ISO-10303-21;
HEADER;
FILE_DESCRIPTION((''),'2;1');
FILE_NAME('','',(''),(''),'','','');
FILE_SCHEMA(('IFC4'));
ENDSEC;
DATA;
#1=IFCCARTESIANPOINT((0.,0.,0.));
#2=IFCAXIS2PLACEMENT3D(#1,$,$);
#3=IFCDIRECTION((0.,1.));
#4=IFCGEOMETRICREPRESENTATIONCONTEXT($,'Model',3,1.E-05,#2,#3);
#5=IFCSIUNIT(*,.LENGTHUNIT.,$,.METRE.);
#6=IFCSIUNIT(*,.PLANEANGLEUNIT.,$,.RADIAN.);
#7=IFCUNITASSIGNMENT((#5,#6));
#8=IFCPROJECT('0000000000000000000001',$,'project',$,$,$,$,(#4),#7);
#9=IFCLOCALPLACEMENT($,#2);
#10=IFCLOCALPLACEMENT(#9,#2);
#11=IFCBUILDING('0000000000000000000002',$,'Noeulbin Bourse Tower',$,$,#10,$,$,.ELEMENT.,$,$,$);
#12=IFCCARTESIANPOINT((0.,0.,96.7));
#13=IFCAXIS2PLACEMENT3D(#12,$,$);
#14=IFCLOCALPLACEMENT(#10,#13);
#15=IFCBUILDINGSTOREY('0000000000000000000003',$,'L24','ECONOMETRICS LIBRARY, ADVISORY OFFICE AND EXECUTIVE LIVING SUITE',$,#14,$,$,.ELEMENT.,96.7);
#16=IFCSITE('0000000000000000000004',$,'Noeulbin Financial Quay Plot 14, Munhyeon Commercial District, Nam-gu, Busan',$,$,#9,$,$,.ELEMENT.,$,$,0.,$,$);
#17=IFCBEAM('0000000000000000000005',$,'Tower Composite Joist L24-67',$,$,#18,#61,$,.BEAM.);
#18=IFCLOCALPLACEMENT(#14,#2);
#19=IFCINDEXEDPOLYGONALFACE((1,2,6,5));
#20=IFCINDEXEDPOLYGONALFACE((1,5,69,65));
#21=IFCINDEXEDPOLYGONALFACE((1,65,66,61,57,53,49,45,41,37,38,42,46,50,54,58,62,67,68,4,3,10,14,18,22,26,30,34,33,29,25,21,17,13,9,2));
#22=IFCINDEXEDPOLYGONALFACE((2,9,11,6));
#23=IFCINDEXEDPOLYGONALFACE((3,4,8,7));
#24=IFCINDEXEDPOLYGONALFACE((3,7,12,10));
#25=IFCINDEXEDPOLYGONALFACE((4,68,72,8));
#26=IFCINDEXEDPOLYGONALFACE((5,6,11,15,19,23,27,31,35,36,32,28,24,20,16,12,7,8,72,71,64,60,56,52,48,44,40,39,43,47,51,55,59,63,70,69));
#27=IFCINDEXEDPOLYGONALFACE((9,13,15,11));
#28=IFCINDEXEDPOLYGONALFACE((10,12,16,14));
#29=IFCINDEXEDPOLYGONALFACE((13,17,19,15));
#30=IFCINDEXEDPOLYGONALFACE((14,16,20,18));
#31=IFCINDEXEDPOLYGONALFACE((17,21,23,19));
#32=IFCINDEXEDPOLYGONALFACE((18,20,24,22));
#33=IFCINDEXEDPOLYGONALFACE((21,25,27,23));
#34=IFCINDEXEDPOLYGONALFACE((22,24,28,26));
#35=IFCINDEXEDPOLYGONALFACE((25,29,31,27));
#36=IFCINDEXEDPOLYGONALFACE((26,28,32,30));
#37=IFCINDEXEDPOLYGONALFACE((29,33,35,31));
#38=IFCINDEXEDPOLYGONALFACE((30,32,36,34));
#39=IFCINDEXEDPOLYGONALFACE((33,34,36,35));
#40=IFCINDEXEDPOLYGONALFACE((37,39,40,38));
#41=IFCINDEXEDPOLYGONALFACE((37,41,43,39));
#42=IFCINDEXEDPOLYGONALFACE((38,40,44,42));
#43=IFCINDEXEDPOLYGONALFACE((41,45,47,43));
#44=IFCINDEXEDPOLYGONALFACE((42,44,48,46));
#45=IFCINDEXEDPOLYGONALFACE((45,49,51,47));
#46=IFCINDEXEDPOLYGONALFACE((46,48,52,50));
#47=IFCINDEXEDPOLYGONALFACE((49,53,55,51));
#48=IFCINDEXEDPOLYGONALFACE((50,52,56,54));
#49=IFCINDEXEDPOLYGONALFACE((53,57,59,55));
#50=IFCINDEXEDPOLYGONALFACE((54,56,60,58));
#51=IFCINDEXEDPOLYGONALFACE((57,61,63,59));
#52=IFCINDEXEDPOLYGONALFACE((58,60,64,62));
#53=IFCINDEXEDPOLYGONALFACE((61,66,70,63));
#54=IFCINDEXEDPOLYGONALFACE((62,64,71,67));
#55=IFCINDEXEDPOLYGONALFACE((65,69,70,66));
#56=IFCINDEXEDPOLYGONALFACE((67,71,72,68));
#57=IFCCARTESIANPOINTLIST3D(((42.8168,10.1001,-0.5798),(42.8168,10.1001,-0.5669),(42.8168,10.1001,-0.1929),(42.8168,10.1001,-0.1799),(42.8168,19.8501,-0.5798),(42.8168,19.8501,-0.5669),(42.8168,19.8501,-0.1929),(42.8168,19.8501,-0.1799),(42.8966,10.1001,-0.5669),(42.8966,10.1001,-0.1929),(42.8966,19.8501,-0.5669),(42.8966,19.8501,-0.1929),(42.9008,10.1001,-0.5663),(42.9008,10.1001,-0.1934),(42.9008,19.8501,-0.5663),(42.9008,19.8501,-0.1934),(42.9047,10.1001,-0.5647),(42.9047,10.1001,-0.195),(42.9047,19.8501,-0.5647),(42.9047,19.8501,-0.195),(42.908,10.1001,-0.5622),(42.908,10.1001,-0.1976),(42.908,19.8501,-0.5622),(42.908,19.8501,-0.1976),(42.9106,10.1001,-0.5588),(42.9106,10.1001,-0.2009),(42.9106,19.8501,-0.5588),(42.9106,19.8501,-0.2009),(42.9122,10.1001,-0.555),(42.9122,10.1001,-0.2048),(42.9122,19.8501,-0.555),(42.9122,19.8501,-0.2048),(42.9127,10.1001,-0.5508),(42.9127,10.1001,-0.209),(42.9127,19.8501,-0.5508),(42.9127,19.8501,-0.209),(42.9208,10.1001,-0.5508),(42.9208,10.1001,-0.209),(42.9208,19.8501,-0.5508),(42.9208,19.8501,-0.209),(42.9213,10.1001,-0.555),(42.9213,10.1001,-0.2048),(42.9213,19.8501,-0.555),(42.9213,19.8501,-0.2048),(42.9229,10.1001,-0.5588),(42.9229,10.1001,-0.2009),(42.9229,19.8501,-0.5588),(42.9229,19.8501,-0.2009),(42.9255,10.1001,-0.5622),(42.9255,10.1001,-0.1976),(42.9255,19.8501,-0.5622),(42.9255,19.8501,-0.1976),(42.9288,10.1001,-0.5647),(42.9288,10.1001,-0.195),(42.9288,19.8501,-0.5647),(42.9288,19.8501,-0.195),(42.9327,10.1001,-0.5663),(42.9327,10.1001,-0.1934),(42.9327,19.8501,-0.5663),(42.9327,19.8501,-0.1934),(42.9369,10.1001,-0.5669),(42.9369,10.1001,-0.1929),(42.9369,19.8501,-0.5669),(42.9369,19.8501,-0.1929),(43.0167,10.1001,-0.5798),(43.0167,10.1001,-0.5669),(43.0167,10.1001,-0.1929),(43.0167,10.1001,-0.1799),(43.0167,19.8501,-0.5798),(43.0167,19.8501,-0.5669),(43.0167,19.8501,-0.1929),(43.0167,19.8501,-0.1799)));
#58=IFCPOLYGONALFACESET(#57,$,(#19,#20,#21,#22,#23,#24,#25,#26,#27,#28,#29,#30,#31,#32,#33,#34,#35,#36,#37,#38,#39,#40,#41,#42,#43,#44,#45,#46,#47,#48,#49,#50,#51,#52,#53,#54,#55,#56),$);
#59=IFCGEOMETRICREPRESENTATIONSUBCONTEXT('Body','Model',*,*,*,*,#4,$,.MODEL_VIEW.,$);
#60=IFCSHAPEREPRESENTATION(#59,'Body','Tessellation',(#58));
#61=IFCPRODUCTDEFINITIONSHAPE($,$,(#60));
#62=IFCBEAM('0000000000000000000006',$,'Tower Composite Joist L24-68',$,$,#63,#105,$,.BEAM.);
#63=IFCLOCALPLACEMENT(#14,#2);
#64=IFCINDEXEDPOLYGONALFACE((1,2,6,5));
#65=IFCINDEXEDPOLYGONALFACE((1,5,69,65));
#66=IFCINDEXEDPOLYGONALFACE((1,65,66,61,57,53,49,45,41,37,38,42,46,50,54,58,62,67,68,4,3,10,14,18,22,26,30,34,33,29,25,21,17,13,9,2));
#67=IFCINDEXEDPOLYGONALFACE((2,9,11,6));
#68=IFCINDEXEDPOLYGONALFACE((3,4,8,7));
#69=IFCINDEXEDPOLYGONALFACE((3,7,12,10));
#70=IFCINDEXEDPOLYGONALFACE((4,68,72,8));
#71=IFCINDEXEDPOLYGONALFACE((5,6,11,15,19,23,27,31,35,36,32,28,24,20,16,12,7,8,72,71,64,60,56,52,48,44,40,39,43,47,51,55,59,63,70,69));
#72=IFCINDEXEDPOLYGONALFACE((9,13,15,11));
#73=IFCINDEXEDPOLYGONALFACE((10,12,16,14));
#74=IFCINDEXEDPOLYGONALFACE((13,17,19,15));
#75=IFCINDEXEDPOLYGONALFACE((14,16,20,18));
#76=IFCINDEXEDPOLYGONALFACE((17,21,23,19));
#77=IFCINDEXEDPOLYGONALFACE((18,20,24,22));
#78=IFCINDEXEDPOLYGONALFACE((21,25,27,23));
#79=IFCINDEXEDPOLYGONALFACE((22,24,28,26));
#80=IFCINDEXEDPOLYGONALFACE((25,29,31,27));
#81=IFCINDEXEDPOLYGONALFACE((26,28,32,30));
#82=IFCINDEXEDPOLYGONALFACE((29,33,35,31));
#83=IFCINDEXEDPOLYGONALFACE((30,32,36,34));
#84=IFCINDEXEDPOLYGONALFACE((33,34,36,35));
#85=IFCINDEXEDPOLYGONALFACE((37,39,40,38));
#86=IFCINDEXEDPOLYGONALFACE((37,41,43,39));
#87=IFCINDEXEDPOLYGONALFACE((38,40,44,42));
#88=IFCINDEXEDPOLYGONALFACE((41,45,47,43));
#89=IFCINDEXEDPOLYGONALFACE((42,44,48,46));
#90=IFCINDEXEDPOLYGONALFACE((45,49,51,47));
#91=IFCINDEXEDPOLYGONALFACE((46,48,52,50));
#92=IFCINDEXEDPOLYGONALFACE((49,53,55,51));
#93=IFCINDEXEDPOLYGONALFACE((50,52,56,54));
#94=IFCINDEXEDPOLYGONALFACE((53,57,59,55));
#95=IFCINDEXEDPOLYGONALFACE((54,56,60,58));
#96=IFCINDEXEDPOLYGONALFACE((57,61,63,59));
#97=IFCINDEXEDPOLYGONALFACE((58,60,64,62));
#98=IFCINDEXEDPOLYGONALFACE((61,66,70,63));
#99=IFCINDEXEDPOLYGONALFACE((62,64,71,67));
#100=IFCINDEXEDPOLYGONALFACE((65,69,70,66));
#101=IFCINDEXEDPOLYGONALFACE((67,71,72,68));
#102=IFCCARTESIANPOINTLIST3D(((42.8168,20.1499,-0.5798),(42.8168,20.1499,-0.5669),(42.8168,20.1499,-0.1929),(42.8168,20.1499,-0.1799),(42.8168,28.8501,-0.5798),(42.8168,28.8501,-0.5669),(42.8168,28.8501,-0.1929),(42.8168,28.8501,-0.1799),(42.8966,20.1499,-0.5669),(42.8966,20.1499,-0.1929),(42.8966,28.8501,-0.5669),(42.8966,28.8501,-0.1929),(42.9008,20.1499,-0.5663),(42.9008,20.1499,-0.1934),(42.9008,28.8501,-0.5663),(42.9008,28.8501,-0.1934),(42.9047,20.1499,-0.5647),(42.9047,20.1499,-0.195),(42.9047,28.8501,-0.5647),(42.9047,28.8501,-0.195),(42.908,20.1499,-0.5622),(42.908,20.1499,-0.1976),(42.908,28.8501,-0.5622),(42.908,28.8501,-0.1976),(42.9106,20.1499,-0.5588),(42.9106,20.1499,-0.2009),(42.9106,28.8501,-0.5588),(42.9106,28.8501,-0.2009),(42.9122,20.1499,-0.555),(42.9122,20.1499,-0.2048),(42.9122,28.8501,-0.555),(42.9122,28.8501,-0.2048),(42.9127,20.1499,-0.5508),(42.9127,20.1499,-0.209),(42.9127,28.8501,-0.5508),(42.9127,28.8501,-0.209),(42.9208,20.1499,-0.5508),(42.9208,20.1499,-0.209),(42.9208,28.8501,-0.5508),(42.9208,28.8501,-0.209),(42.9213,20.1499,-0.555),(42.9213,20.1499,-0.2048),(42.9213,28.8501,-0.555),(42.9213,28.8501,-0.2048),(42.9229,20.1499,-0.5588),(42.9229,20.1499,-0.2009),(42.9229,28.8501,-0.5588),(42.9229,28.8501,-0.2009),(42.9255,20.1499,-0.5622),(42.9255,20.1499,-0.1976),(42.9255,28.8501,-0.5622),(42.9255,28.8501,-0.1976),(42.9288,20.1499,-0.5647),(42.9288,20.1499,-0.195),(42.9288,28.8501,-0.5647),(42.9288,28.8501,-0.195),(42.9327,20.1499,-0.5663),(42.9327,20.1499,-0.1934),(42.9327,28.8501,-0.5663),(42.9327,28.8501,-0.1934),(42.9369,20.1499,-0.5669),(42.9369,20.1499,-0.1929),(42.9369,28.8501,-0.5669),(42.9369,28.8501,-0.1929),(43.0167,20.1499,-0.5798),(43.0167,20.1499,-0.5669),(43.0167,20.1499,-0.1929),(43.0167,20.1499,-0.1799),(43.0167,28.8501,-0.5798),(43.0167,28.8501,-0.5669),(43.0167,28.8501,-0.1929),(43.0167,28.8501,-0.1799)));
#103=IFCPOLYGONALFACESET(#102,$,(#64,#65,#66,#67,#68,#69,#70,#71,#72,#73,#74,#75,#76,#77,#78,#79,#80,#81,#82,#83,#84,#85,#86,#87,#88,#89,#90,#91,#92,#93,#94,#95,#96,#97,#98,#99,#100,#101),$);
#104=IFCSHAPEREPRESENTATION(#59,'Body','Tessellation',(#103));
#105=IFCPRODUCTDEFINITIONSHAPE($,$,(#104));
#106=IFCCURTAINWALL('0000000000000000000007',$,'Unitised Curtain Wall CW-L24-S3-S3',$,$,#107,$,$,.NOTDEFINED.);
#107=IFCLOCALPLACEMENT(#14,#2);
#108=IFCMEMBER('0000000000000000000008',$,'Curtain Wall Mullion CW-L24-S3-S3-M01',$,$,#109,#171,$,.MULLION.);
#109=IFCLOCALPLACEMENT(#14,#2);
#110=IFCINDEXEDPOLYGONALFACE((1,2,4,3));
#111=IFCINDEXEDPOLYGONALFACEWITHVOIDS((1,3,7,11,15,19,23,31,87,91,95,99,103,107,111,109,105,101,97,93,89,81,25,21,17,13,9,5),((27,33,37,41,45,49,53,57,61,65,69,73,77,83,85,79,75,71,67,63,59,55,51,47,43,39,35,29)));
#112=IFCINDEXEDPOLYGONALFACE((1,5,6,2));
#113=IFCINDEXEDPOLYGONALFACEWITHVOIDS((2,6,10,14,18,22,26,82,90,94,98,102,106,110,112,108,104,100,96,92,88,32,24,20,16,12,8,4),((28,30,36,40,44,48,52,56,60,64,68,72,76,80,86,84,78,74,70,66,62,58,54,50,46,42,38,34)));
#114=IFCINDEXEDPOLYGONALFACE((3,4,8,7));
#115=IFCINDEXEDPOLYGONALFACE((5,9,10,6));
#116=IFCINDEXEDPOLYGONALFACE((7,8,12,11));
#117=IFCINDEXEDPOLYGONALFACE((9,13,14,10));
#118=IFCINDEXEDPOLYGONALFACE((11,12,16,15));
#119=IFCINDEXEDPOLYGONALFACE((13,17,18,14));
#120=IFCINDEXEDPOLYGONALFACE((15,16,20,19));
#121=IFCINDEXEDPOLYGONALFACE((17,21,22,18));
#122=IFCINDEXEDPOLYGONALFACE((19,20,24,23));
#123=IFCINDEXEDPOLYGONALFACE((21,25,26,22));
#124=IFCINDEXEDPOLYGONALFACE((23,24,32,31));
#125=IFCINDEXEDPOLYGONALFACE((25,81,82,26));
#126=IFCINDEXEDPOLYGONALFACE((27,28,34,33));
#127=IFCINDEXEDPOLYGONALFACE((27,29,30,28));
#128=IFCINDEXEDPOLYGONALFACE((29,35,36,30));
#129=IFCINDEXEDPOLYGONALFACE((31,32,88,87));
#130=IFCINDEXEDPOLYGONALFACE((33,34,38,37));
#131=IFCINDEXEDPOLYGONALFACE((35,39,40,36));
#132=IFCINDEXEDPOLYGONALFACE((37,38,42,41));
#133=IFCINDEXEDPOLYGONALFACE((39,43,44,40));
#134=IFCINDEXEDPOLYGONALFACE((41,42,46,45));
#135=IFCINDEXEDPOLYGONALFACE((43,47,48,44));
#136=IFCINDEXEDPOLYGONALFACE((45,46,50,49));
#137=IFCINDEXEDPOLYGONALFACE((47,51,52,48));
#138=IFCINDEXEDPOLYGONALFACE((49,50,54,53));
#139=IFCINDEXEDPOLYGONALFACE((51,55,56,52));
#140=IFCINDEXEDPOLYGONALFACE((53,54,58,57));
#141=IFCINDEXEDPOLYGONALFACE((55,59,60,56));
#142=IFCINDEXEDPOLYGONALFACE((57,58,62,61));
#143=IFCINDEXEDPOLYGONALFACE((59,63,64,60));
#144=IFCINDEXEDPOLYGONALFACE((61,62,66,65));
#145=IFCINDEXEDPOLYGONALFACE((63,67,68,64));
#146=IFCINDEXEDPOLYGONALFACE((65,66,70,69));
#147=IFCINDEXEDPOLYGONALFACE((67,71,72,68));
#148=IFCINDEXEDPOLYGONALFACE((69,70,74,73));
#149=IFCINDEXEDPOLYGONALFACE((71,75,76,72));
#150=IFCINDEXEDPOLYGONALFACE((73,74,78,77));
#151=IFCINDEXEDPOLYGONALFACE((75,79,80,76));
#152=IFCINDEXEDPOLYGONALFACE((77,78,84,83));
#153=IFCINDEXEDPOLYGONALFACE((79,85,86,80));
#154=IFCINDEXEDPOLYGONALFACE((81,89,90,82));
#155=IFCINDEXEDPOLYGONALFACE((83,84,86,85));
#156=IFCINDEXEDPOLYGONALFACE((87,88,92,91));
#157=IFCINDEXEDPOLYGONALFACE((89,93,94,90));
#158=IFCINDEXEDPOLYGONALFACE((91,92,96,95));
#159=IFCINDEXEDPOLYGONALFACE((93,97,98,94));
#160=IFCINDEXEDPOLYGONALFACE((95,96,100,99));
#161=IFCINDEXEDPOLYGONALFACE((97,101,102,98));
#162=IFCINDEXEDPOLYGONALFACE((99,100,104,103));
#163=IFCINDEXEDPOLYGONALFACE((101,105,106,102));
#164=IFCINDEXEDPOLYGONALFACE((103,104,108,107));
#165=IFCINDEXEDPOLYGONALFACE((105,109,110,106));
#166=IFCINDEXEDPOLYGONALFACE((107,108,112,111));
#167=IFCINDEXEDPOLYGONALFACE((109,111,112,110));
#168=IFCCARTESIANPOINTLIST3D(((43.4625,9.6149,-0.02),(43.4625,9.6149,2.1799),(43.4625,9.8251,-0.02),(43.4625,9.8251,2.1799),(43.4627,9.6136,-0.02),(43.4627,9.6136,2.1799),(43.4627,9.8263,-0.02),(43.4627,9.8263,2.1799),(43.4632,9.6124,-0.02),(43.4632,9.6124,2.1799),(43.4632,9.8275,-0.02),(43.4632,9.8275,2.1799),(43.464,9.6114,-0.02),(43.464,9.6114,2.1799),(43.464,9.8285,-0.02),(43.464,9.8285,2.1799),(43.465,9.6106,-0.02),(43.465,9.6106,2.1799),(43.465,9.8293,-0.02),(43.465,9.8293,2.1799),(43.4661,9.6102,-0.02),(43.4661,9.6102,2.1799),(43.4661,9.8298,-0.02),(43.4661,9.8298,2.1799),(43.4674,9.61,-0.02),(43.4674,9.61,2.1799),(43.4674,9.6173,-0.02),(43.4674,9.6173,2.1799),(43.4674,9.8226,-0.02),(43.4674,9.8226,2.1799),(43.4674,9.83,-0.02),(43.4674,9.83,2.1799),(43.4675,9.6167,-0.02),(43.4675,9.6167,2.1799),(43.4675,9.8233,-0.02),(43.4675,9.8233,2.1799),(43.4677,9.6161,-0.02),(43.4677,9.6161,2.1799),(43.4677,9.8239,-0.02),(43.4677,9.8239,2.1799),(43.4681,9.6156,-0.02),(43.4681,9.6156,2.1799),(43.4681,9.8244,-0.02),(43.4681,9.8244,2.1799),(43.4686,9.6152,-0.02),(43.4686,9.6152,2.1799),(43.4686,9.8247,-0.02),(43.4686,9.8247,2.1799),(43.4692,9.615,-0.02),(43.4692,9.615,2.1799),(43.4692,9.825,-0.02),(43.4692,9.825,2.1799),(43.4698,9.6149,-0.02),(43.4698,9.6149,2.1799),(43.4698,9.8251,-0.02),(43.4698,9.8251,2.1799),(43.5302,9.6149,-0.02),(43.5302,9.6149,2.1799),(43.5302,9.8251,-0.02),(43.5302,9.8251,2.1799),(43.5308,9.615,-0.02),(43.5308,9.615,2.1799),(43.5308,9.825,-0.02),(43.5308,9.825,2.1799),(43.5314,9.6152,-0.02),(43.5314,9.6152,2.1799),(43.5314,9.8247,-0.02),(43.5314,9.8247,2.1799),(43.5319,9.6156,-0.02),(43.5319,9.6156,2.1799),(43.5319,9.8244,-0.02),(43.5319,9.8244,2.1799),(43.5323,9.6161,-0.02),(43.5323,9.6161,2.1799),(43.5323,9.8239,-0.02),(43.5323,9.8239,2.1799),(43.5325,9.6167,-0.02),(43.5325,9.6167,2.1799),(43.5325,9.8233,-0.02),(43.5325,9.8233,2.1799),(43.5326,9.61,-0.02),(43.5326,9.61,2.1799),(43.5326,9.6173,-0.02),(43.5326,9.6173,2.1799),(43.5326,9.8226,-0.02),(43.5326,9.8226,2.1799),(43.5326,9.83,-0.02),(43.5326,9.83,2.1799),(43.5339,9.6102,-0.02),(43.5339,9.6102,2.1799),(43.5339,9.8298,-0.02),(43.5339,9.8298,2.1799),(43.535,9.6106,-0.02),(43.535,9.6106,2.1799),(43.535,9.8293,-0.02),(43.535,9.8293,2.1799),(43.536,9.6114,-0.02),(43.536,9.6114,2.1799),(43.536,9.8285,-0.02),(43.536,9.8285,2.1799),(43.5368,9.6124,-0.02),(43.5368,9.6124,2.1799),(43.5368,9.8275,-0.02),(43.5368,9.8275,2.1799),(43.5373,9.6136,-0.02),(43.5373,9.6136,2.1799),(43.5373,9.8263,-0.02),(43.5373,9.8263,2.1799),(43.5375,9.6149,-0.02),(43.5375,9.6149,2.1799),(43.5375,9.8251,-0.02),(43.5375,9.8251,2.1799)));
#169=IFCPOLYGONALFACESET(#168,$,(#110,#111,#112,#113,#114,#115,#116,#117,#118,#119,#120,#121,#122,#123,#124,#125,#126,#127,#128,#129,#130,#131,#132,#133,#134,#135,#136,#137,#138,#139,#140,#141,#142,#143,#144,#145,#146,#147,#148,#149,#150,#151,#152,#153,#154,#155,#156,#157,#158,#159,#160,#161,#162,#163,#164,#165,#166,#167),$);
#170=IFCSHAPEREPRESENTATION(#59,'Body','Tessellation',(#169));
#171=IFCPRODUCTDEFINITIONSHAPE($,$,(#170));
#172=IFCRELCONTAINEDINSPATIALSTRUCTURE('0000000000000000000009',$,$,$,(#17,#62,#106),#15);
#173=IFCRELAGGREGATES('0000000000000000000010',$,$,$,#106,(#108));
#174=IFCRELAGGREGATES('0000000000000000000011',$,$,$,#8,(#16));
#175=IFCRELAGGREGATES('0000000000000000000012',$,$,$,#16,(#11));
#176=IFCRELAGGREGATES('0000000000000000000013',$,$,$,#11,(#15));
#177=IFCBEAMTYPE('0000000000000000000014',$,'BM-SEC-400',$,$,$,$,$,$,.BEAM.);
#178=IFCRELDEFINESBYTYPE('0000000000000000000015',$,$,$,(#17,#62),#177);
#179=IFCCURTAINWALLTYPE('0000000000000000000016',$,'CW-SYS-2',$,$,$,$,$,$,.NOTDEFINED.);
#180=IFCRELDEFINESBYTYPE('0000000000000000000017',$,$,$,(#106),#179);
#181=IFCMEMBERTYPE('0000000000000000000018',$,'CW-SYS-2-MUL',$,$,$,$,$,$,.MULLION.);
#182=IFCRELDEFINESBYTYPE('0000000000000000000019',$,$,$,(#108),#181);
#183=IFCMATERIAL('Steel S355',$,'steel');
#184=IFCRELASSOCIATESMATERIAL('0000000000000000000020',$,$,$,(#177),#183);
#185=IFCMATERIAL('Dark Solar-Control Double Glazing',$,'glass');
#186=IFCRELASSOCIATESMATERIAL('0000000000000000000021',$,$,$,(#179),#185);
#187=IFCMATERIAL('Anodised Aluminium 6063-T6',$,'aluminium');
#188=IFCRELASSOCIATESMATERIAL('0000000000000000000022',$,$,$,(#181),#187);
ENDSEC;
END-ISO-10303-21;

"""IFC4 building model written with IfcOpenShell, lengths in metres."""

from ifc_helpers import new_model, si_unit, direction, frame, origin, origin_2d, place, context, subcontext, project, spatial, hollow_rectangle, i_section, extrude, material, material_profile, profile_set, type_object, element, aggregate, save


model = new_model("IFC4")

# Units and contexts
model_context = context("Model", 3, precision=1e-05, world=origin(), true_north=direction((0.0, 1.0)))
body_context = subcontext(model_context, "Body", "Model", "MODEL_VIEW")
ifc_project = project(units=[si_unit("LENGTHUNIT", "METRE"), si_unit("PLANEANGLEUNIT", "RADIAN")], contexts=[model_context])

# Site, building, storey
site_placement = place(None, origin())
site = spatial("IfcSite", under=ifc_project, at=site_placement, Name="Noeulbin Financial Quay Plot 14, Munhyeon Commercial District, Nam-gu, Busan", CompositionType="ELEMENT", RefElevation=0.0)
building_placement = place(site_placement, origin())
building = spatial("IfcBuilding", under=site, at=building_placement, Name="Noeulbin Bourse Tower", CompositionType="ELEMENT")
storey_placement = place(building_placement, frame((0.0, 0.0, 96.7)))
storey = spatial("IfcBuildingStorey", under=building, at=storey_placement, Name="L24", Description="ECONOMETRICS LIBRARY, ADVISORY OFFICE AND EXECUTIVE LIVING SUITE", CompositionType="ELEMENT", Elevation=96.7)

# Beams
ifc_material_1 = material(Name="Steel S355", Category="steel")
ifc_material_profile_1 = material_profile(ifc_material_1, i_section(OverallWidth=0.2, OverallDepth=0.3999, WebThickness=0.0081, FlangeThickness=0.0129, FilletRadius=0.0161, at=origin_2d()), Name="H-400x200x8x13", Category="LoadBearing")
ifc_profile_set_1 = profile_set([ifc_material_profile_1], Name="Steel S355")
beam_type_1 = type_object("IfcBeamType", Name="BM-SEC-400", PredefinedType="BEAM", material=ifc_profile_set_1)
beam_1_placement = place(storey_placement, frame((42.9167, 10.1001, -0.3799), z_axis=(0.0, 1.0, 0.0), x_axis=(-1.0, 0.0, 0.0)))
element("IfcBeam", 1, at=beam_1_placement, inside=storey, type_object=beam_type_1, Name="Tower Composite Joist L24-67", PredefinedType="BEAM", context=body_context, shape_type="SweptSolid", body=[
    extrude(i_section(OverallWidth=0.2, OverallDepth=0.3999, WebThickness=0.0081, FlangeThickness=0.0129, FilletRadius=0.0161, at=origin_2d()), origin(), (0.0, 0.0, 1.0), 9.75),
])
beam_2_placement = place(storey_placement, frame((42.9167, 20.1499, -0.3799), z_axis=(0.0, 1.0, 0.0), x_axis=(-1.0, 0.0, 0.0)))
element("IfcBeam", 2, at=beam_2_placement, inside=storey, type_object=beam_type_1, Name="Tower Composite Joist L24-68", PredefinedType="BEAM", context=body_context, shape_type="SweptSolid", body=[
    extrude(i_section(OverallWidth=0.2, OverallDepth=0.3999, WebThickness=0.0081, FlangeThickness=0.0129, FilletRadius=0.0161, at=origin_2d()), origin(), (0.0, 0.0, 1.0), 8.7002),
])

# Curtain wall, member
ifc_material_2 = material(Name="Dark Solar-Control Double Glazing", Category="glass")
curtain_wall_type = type_object("IfcCurtainWallType", Name="CW-SYS-2", PredefinedType="NOTDEFINED", material=ifc_material_2)
curtain_wall_1_placement = place(storey_placement, origin())
curtain_wall_1 = element("IfcCurtainWall", 3, at=curtain_wall_1_placement, inside=storey, type_object=curtain_wall_type, Name="Unitised Curtain Wall CW-L24-S3-S3", PredefinedType="NOTDEFINED")
ifc_material_3 = material(Name="Anodised Aluminium 6063-T6", Category="aluminium")
ifc_material_profile_2 = material_profile(ifc_material_3, hollow_rectangle(XDim=0.075, YDim=0.22, WallThickness=0.0049, InnerFilletRadius=0.0024, OuterFilletRadius=0.0049, at=origin_2d()), Name="ALU-MULL-75x220x5", Category="LoadBearing")
ifc_profile_set_2 = profile_set([ifc_material_profile_2], Name="Anodised Aluminium 6063-T6")
member_type_1 = type_object("IfcMemberType", Name="CW-SYS-2-MUL", PredefinedType="MULLION", material=ifc_profile_set_2)
member_1_placement = place(storey_placement, frame((43.5, 9.72, -0.02), z_axis=(0.0, 0.0, 1.0), x_axis=(1.0, 0.0, 0.0)))
member_1 = element("IfcMember", 4, at=member_1_placement, type_object=member_type_1, Name="Curtain Wall Mullion CW-L24-S3-S3-M01", PredefinedType="MULLION", context=body_context, shape_type="SweptSolid", body=[
    extrude(hollow_rectangle(XDim=0.075, YDim=0.22, WallThickness=0.0049, InnerFilletRadius=0.0024, OuterFilletRadius=0.0049, at=origin_2d()), origin(), (0.0, 0.0, 1.0), 2.2),
])

aggregate(curtain_wall_1, [member_1])

save(model, "model.ifc")
